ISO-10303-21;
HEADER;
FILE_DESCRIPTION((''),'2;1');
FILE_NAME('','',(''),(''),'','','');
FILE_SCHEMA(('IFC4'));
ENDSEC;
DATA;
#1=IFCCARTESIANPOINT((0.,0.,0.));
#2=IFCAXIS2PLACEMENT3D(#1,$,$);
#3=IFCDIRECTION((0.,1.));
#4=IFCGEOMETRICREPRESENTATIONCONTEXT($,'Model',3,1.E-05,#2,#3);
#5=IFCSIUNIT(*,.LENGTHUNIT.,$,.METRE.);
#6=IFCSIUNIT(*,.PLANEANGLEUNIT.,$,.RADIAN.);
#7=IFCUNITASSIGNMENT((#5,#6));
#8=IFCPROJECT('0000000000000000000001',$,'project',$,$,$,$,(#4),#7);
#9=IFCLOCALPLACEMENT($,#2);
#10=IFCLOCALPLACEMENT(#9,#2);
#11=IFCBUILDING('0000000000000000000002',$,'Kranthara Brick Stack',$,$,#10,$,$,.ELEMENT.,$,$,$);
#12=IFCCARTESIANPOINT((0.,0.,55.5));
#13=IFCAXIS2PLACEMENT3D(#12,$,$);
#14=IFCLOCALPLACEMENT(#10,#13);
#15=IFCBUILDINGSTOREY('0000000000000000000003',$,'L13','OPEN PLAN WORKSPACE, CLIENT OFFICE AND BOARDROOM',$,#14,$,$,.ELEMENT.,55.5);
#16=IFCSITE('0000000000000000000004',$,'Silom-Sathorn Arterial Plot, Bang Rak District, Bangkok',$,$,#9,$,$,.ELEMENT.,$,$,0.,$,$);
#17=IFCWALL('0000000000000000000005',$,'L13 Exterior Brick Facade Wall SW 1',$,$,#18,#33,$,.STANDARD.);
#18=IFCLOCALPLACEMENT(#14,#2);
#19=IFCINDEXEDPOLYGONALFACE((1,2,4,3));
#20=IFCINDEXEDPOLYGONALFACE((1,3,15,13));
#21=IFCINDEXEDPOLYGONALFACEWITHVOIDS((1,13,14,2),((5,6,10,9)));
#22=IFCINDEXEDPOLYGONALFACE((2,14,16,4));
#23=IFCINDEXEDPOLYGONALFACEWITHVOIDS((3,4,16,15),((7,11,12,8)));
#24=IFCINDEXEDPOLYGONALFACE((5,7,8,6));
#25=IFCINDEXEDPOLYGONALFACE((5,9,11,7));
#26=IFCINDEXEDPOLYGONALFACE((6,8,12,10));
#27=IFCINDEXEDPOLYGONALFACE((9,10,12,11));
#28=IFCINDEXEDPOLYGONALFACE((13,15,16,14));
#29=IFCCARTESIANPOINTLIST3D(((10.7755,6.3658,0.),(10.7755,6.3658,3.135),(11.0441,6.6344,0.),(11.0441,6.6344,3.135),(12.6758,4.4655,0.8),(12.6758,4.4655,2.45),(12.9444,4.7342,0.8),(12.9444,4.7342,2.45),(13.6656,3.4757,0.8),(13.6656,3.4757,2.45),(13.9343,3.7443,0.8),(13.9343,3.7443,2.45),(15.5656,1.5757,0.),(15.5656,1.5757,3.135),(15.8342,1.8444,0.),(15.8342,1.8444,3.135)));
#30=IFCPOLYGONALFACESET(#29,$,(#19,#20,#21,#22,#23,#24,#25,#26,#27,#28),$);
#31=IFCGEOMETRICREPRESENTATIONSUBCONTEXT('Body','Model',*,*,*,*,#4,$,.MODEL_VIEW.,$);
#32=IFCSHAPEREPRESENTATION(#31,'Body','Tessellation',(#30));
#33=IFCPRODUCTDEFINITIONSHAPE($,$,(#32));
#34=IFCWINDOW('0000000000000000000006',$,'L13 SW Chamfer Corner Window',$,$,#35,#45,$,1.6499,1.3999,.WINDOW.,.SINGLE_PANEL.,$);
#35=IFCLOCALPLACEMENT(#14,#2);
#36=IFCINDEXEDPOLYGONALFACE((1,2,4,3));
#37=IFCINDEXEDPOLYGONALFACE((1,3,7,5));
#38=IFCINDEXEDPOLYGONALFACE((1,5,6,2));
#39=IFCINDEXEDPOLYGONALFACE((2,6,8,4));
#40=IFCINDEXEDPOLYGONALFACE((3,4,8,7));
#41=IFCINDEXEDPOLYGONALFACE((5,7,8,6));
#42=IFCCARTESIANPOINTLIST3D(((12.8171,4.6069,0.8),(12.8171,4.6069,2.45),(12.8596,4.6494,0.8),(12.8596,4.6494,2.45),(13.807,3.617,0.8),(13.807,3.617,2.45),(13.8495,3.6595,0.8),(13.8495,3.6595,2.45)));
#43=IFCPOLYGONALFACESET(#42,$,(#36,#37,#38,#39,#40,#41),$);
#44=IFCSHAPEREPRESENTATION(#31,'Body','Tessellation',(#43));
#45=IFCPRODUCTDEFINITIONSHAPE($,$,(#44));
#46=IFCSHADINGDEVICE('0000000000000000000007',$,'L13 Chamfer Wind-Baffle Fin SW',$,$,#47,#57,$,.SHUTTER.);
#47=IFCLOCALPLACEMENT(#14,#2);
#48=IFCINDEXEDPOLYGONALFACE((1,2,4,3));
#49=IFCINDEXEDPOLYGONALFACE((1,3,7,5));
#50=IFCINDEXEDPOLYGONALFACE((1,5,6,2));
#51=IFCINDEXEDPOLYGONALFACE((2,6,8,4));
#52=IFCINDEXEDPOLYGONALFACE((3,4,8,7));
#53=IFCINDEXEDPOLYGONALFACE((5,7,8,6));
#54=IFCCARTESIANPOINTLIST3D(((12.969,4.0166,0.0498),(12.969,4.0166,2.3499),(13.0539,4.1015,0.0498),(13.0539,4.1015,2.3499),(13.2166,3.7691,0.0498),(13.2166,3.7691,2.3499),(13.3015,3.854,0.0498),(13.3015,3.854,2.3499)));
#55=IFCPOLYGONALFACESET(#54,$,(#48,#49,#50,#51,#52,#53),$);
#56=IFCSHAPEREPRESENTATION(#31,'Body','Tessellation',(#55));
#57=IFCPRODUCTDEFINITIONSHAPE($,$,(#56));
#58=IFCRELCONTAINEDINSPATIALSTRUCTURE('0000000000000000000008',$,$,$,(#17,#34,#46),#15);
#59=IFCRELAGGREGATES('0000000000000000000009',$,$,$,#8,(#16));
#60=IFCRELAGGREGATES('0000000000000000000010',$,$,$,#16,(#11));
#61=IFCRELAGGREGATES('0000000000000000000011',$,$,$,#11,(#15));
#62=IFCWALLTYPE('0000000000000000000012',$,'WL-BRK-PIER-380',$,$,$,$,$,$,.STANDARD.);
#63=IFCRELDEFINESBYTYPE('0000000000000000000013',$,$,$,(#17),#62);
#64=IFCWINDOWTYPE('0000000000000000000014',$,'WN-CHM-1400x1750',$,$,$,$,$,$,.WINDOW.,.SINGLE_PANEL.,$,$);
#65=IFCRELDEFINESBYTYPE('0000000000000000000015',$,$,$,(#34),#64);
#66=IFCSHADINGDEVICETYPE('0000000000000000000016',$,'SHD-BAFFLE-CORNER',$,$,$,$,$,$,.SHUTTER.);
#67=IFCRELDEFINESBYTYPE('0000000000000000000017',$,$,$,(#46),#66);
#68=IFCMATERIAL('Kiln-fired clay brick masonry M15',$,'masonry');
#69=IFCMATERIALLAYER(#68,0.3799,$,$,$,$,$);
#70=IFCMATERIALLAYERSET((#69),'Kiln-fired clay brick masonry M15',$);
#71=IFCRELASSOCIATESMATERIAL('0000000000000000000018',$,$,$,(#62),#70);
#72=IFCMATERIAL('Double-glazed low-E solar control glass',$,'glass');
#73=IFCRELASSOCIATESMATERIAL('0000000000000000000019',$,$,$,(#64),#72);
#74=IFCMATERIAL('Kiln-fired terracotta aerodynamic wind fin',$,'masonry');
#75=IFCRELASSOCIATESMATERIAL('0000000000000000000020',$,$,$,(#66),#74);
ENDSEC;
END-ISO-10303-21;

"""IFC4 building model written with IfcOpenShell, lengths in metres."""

from ifc_helpers import new_model, si_unit, direction, frame, frame_2d, origin, origin_2d, place, context, subcontext, project, spatial, rectangle, extrude, material, layer, layer_set, type_object, element, fill, save


model = new_model("IFC4")

# Units and contexts
model_context = context("Model", 3, precision=1e-05, world=origin(), true_north=direction((0.0, 1.0)))
body_context = subcontext(model_context, "Body", "Model", "MODEL_VIEW")
ifc_project = project(units=[si_unit("LENGTHUNIT", "METRE"), si_unit("PLANEANGLEUNIT", "RADIAN")], contexts=[model_context])

# Site, building, storey
site_placement = place(None, origin())
site = spatial("IfcSite", under=ifc_project, at=site_placement, Name="Silom-Sathorn Arterial Plot, Bang Rak District, Bangkok", CompositionType="ELEMENT", RefElevation=0.0)
building_placement = place(site_placement, origin())
building = spatial("IfcBuilding", under=site, at=building_placement, Name="Kranthara Brick Stack", CompositionType="ELEMENT")
storey_placement = place(building_placement, frame((0.0, 0.0, 55.5)))
storey = spatial("IfcBuildingStorey", under=building, at=storey_placement, Name="L13", Description="OPEN PLAN WORKSPACE, CLIENT OFFICE AND BOARDROOM", CompositionType="ELEMENT", Elevation=55.5)

# Wall, opening, window
ifc_material_1 = material(Name="Kiln-fired clay brick masonry M15", Category="masonry")
ifc_layer = layer(ifc_material_1, 0.3799)
ifc_layer_set = layer_set([ifc_layer], Name="Kiln-fired clay brick masonry M15")
wall_type = type_object("IfcWallType", Name="WL-BRK-PIER-380", PredefinedType="STANDARD", material=ifc_layer_set)
wall_placement = place(storey_placement, frame((15.7, 1.71, 0.0), z_axis=(0.0, 0.0, 1.0), x_axis=(-0.707107, 0.707107, 0.0)))
wall = element("IfcWall", 1, at=wall_placement, inside=storey, type_object=wall_type, Name="L13 Exterior Brick Facade Wall SW 1", PredefinedType="STANDARD", context=body_context, shape_type="SweptSolid", body=[
    extrude(rectangle(XDim=6.7742, YDim=0.3799, at=frame_2d((3.3872, 0.0))), origin(), (0.0, 0.0, 1.0), 3.135),
])
opening_placement = place(wall_placement, frame((2.687, 0.0, 0.8)))
opening = element("IfcOpeningElement", 2, at=opening_placement, cuts=wall, PredefinedType="OPENING", context=body_context, shape_type="SweptSolid", body=[
    extrude(rectangle(XDim=1.3999, YDim=1.6499, at=frame_2d((0.7, 0.825))), frame((0.0, 0.2, 0.0), z_axis=(0.0, -1.0, 0.0), x_axis=(1.0, 0.0, 0.0)), (0.0, 0.0, 1.0), 0.3999),
])
ifc_material_2 = material(Name="Double-glazed low-E solar control glass", Category="glass")
window_type = type_object("IfcWindowType", Name="WN-CHM-1400x1750", PartitioningType="SINGLE_PANEL", PredefinedType="WINDOW", material=ifc_material_2)
window_placement = place(opening_placement, origin())
window = element("IfcWindow", 3, at=window_placement, inside=storey, type_object=window_type, Name="L13 SW Chamfer Corner Window", OverallHeight=1.6499, OverallWidth=1.3999, PartitioningType="SINGLE_PANEL", PredefinedType="WINDOW", context=body_context, shape_type="SweptSolid", body=[
    extrude(rectangle(XDim=1.3999, YDim=1.6499, at=frame_2d((0.7, 0.825))), frame((0.0, -0.01, 0.0), z_axis=(0.0, -1.0, 0.0), x_axis=(1.0, 0.0, 0.0)), (0.0, 0.0, 1.0), 0.0601),
])
fill(opening, window)

# Shading device
ifc_material_3 = material(Name="Kiln-fired terracotta aerodynamic wind fin", Category="masonry")
shading_device_type = type_object("IfcShadingDeviceType", Name="SHD-BAFFLE-CORNER", PredefinedType="SHUTTER", material=ifc_material_3)
shading_device_placement = place(storey_placement, frame((13.1353, 3.9353, 0.0498), z_axis=(0.0, 0.0, 1.0), x_axis=(-0.707107, 0.707107, 0.0)))
element("IfcShadingDevice", 4, at=shading_device_placement, inside=storey, type_object=shading_device_type, Name="L13 Chamfer Wind-Baffle Fin SW", PredefinedType="SHUTTER", context=body_context, shape_type="SweptSolid", body=[
    extrude(rectangle(XDim=0.3501, YDim=0.1201, at=origin_2d()), origin(), (0.0, 0.0, 1.0), 2.3),
])

save(model, "model.ifc")
